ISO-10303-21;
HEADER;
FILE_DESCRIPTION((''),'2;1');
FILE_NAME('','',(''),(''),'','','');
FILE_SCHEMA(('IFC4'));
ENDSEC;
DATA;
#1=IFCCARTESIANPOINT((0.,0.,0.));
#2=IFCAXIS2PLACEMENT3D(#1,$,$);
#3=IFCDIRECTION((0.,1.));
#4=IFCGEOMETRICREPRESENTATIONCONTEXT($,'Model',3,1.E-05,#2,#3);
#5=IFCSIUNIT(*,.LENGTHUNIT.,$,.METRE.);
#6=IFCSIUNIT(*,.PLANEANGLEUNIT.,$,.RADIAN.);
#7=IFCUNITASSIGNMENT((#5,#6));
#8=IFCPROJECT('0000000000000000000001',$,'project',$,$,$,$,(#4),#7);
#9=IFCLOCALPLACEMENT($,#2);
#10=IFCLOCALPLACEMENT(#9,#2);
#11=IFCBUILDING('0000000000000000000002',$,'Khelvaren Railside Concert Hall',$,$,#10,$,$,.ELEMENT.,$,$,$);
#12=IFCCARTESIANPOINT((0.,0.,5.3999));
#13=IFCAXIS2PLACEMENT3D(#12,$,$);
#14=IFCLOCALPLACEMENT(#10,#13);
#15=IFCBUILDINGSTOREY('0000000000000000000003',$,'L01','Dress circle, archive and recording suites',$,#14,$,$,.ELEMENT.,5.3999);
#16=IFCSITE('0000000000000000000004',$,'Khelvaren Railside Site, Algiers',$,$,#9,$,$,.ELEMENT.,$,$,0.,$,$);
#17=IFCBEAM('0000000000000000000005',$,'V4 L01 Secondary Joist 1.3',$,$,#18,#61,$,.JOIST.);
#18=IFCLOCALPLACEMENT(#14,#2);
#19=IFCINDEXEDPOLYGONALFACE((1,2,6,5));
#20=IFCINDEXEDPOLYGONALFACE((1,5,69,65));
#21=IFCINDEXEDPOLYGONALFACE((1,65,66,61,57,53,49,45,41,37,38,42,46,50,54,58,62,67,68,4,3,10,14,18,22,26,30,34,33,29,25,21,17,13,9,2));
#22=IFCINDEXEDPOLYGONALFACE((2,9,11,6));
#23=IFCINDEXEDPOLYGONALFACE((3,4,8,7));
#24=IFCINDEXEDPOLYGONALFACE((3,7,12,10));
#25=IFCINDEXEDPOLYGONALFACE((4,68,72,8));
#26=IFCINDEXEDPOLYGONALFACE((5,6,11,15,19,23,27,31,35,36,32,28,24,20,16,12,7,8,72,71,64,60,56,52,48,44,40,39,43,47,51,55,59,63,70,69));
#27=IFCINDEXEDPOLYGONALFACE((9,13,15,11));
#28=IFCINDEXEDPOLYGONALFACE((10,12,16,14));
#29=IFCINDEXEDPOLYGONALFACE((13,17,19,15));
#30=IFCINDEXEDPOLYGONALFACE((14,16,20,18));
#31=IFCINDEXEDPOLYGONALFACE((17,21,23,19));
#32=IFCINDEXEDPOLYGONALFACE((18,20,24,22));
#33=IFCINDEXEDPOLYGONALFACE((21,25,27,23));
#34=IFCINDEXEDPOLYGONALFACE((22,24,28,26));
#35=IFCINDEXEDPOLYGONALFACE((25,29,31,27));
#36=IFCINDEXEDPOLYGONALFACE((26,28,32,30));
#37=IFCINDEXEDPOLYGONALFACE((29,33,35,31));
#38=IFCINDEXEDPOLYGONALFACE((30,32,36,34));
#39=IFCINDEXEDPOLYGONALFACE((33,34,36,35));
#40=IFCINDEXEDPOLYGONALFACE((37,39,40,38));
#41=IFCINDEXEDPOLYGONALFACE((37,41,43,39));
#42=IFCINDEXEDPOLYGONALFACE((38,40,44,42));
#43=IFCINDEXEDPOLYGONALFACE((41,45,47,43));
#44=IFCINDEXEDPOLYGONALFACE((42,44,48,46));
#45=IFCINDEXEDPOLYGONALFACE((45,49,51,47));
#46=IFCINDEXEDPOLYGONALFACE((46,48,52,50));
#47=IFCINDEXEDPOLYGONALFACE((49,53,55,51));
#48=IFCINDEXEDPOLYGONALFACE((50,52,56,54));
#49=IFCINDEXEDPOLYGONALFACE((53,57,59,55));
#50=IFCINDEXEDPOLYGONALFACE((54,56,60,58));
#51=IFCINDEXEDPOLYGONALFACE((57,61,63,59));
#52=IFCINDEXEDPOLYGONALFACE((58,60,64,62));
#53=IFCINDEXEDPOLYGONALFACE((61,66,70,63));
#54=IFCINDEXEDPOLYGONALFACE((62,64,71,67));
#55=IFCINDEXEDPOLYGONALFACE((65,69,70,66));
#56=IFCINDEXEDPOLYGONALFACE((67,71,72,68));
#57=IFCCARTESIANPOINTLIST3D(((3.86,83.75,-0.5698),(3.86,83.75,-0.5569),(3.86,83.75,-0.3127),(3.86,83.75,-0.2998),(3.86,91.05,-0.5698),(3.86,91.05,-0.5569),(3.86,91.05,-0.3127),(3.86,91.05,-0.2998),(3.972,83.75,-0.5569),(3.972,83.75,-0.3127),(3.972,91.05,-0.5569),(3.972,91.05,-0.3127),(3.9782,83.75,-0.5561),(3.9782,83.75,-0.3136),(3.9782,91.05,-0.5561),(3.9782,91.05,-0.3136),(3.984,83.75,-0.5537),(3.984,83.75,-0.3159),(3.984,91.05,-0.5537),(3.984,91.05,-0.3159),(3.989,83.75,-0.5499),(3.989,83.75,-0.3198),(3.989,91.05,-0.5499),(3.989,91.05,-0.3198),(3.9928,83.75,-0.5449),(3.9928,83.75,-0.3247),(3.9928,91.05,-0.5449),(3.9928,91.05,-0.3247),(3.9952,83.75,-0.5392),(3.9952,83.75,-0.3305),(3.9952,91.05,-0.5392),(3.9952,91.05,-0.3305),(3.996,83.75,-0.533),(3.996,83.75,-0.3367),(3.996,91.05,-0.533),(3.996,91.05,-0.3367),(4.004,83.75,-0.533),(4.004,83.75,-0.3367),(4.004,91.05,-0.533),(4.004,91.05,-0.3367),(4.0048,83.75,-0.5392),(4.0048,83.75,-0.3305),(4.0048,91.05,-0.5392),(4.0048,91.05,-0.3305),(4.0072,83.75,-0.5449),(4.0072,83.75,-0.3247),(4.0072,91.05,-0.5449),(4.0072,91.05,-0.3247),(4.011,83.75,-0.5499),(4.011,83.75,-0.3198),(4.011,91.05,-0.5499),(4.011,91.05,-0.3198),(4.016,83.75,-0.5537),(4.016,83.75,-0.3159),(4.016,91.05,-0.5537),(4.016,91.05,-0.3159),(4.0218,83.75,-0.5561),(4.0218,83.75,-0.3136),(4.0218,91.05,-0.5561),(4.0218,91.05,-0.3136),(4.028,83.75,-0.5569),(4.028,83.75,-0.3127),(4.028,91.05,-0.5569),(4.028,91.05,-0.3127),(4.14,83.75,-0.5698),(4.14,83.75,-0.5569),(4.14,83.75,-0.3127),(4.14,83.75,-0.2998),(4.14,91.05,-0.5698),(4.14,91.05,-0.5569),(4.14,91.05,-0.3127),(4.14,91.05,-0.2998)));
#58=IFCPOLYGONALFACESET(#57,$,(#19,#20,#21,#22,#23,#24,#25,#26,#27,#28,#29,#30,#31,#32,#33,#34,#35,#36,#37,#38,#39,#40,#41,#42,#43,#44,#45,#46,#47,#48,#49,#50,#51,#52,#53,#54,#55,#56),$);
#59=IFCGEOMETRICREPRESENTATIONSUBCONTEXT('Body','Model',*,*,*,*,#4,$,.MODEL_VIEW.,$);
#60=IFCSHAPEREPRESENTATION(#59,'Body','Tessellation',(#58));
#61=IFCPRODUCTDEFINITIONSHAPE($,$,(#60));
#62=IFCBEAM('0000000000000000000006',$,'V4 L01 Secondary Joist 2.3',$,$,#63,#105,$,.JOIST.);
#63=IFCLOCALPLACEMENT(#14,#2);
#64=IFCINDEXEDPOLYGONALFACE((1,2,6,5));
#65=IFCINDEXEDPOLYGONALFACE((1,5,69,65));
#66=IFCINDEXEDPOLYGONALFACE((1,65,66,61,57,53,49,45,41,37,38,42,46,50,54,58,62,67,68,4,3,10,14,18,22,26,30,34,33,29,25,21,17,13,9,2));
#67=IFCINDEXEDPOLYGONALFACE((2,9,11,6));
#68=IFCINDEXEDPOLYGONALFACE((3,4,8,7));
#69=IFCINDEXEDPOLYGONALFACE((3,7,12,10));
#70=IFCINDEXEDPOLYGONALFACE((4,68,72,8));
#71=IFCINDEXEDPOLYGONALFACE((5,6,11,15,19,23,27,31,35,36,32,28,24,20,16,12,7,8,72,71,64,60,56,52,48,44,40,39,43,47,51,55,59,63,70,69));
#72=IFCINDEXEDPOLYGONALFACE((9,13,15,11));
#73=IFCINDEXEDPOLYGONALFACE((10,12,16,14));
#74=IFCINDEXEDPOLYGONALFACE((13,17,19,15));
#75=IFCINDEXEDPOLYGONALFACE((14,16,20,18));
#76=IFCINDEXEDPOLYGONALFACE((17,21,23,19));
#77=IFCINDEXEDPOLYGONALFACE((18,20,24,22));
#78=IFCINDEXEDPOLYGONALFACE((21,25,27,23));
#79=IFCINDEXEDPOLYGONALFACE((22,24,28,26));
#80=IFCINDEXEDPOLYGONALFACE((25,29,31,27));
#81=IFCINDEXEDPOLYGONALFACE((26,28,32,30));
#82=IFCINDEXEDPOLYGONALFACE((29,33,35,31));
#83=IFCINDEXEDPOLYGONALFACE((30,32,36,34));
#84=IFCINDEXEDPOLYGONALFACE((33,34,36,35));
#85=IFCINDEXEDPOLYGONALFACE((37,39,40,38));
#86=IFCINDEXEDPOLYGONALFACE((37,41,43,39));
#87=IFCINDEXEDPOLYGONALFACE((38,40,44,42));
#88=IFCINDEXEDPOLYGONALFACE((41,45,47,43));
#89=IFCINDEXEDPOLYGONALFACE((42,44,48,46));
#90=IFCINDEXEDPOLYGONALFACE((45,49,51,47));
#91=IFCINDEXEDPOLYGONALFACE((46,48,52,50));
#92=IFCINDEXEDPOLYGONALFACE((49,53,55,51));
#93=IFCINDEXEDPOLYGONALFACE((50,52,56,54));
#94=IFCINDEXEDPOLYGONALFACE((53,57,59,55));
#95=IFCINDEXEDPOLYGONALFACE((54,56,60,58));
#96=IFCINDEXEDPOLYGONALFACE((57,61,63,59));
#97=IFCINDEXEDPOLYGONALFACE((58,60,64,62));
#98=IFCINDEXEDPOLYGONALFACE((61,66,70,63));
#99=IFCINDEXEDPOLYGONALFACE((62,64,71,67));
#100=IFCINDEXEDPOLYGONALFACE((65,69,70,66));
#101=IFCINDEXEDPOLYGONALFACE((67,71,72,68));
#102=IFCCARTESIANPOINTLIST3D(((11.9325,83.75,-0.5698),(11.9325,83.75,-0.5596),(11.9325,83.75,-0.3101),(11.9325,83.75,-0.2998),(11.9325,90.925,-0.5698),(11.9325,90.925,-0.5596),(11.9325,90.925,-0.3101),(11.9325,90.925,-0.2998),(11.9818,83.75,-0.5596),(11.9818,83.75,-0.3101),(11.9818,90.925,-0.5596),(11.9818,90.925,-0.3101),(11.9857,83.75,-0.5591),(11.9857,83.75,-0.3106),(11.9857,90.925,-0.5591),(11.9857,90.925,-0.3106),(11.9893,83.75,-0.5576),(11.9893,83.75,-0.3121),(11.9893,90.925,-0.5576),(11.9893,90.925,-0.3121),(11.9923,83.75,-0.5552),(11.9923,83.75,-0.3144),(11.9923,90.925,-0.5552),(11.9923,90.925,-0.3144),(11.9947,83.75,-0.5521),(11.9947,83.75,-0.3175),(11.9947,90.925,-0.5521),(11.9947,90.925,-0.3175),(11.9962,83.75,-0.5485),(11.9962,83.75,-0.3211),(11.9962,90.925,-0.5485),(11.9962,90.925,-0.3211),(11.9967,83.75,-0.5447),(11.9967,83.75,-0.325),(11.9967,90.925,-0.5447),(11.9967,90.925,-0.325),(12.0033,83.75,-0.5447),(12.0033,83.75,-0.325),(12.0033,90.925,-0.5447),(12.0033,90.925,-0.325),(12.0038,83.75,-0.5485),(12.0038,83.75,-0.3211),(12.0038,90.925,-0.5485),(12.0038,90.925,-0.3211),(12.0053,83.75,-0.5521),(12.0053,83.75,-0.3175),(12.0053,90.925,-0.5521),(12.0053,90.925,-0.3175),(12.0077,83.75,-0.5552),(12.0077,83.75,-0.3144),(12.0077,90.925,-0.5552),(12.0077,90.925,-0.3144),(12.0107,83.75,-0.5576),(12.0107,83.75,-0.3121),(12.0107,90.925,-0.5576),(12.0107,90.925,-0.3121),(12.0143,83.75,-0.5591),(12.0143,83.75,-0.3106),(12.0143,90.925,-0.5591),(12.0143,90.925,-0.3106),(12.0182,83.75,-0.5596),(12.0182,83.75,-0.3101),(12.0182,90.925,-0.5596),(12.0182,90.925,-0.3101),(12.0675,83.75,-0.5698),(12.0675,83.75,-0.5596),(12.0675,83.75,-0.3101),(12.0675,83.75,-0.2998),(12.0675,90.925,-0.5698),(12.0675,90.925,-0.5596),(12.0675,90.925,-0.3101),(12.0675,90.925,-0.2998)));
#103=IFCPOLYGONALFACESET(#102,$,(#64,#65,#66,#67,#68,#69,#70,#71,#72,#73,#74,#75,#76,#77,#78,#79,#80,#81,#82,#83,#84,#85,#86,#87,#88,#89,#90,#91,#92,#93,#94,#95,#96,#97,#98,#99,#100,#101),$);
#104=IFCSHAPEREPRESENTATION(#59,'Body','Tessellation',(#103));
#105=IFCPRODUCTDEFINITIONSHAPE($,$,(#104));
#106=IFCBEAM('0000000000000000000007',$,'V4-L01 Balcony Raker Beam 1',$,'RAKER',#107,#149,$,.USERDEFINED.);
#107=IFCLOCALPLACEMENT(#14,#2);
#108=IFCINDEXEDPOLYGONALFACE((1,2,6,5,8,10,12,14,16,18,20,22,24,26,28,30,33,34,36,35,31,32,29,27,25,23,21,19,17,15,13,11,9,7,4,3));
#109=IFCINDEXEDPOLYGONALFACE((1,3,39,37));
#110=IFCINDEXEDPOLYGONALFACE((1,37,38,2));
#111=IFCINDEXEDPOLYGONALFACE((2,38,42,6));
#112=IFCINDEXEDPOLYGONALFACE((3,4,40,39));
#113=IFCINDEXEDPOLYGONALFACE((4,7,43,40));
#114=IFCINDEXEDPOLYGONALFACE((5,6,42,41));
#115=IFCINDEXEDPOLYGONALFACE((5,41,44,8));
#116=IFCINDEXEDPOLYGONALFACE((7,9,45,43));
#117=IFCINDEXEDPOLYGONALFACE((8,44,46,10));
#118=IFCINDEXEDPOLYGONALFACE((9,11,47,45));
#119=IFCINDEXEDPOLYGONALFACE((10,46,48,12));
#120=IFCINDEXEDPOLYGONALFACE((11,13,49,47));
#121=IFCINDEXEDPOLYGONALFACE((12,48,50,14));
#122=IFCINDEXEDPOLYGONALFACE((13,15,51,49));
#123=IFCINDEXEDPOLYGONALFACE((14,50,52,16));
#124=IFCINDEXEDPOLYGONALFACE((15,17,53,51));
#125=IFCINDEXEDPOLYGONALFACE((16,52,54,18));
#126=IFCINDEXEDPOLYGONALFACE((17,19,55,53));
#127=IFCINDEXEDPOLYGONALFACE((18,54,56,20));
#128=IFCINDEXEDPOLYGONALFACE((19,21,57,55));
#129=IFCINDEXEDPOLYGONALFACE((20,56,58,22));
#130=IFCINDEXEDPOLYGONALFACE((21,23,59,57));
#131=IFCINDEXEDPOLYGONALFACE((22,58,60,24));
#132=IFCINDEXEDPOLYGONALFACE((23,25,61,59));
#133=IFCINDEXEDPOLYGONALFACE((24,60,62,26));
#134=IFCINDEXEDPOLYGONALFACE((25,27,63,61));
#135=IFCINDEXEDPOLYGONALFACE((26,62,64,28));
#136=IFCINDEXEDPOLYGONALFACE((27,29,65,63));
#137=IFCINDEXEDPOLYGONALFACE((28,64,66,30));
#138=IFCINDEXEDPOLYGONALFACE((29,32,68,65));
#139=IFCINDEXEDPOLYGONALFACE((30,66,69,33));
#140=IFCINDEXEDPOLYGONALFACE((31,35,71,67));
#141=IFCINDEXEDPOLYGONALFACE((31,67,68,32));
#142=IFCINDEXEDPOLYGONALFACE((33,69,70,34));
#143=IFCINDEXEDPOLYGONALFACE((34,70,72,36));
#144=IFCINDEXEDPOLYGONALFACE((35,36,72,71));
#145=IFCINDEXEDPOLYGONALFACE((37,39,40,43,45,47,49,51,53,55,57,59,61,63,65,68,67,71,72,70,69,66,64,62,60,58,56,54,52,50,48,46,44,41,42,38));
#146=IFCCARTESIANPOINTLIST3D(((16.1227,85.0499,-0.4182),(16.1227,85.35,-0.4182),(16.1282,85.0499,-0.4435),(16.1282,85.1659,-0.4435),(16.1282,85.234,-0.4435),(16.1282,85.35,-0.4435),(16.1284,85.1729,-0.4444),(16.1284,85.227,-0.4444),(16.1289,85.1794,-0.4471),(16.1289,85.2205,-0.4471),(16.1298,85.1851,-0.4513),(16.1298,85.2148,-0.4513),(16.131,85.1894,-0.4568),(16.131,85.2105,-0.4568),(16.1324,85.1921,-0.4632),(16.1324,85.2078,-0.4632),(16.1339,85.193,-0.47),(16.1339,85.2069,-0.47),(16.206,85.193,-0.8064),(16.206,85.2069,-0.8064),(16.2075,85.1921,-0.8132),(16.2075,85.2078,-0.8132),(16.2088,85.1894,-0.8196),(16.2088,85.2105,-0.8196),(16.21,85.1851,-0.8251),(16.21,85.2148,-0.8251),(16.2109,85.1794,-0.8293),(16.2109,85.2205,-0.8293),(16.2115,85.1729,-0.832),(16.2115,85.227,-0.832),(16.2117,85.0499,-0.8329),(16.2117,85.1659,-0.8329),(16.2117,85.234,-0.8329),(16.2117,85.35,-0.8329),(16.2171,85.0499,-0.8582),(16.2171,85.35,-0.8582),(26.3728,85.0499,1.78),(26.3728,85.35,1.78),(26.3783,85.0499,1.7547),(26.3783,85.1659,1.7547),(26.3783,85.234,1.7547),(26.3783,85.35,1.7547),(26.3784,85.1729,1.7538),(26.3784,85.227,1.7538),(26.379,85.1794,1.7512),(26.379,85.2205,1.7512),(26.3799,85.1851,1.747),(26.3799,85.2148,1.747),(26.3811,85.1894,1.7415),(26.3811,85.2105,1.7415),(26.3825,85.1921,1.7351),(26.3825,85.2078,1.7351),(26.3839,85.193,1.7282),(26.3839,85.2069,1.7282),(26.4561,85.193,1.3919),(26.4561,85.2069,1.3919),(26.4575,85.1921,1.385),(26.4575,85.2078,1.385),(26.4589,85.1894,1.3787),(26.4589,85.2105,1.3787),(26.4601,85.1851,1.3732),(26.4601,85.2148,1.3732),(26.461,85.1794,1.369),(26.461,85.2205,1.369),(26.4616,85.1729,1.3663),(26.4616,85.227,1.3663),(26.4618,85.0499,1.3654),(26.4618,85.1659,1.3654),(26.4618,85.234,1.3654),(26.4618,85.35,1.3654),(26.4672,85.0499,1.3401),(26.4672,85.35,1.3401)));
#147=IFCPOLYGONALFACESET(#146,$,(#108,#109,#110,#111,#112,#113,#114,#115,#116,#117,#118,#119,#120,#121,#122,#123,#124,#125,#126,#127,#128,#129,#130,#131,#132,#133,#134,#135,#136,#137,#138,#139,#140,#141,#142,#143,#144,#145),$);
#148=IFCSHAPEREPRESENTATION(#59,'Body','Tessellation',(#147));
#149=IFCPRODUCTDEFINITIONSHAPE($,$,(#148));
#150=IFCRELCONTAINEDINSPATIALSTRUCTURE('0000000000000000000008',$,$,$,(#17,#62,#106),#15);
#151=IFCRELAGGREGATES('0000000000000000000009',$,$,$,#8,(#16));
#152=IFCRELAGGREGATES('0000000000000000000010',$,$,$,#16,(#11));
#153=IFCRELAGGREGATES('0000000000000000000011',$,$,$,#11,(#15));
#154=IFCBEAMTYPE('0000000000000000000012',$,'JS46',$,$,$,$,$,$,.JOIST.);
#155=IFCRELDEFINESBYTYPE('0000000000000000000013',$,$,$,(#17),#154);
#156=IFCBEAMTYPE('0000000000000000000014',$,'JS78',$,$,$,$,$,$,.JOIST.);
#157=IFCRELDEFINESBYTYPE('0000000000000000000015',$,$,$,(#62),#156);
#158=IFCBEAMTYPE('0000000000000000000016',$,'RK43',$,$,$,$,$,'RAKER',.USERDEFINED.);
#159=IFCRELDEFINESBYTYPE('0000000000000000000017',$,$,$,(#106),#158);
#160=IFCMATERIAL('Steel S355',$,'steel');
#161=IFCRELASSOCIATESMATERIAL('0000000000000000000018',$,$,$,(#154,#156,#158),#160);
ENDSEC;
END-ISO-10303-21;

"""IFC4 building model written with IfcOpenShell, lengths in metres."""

from ifc_helpers import new_model, si_unit, direction, frame, origin, origin_2d, place, context, subcontext, project, spatial, i_section, extrude, material, material_profile, profile_set, type_object, element, save


model = new_model("IFC4")

# Units and contexts
model_context = context("Model", 3, precision=1e-05, world=origin(), true_north=direction((0.0, 1.0)))
body_context = subcontext(model_context, "Body", "Model", "MODEL_VIEW")
ifc_project = project(units=[si_unit("LENGTHUNIT", "METRE"), si_unit("PLANEANGLEUNIT", "RADIAN")], contexts=[model_context])

# Site, building, storey
site_placement = place(None, origin())
site = spatial("IfcSite", under=ifc_project, at=site_placement, Name="Khelvaren Railside Site, Algiers", CompositionType="ELEMENT", RefElevation=0.0)
building_placement = place(site_placement, origin())
building = spatial("IfcBuilding", under=site, at=building_placement, Name="Khelvaren Railside Concert Hall", CompositionType="ELEMENT")
storey_placement = place(building_placement, frame((0.0, 0.0, 5.3999)))
storey = spatial("IfcBuildingStorey", under=building, at=storey_placement, Name="L01", Description="Dress circle, archive and recording suites", CompositionType="ELEMENT", Elevation=5.3999)

# Beams
ifc_material_1 = material(Name="Steel S355", Category="steel")
ifc_material_profile_1 = material_profile(ifc_material_1, i_section(OverallWidth=0.28, OverallDepth=0.27, WebThickness=0.0081, FlangeThickness=0.0129, FilletRadius=0.0239, at=origin_2d()), Name="HEA 280")
ifc_profile_set_1 = profile_set([ifc_material_profile_1], Name="Steel S355")
beam_type_1 = type_object("IfcBeamType", Name="JS46", PredefinedType="JOIST", material=ifc_profile_set_1)
beam_1_placement = place(storey_placement, frame((4.0, 83.75, -0.4348), z_axis=(0.0, 1.0, 0.0), x_axis=(-1.0, 0.0, 0.0)))
element("IfcBeam", 1, at=beam_1_placement, inside=storey, type_object=beam_type_1, Name="V4 L01 Secondary Joist 1.3", PredefinedType="JOIST", context=body_context, shape_type="SweptSolid", body=[
    extrude(i_section(OverallWidth=0.28, OverallDepth=0.27, WebThickness=0.0081, FlangeThickness=0.0129, FilletRadius=0.0239, at=origin_2d()), origin(), (0.0, 0.0, 1.0), 7.3),
])
ifc_material_profile_2 = material_profile(ifc_material_1, i_section(OverallWidth=0.135, OverallDepth=0.27, WebThickness=0.0066, FlangeThickness=0.0103, FilletRadius=0.0149, at=origin_2d()), Name="IPE 270")
ifc_profile_set_2 = profile_set([ifc_material_profile_2], Name="Steel S355")
beam_type_2 = type_object("IfcBeamType", Name="JS78", PredefinedType="JOIST", material=ifc_profile_set_2)
beam_2_placement = place(storey_placement, frame((12.0, 83.75, -0.4348), z_axis=(0.0, 1.0, 0.0), x_axis=(-1.0, 0.0, 0.0)))
element("IfcBeam", 2, at=beam_2_placement, inside=storey, type_object=beam_type_2, Name="V4 L01 Secondary Joist 2.3", PredefinedType="JOIST", context=body_context, shape_type="SweptSolid", body=[
    extrude(i_section(OverallWidth=0.135, OverallDepth=0.27, WebThickness=0.0066, FlangeThickness=0.0103, FilletRadius=0.0149, at=origin_2d()), origin(), (0.0, 0.0, 1.0), 7.175),
])
ifc_material_profile_3 = material_profile(ifc_material_1, i_section(OverallWidth=0.3, OverallDepth=0.45, WebThickness=0.0139, FlangeThickness=0.0259, FilletRadius=0.0271, at=origin_2d()), Name="HEB 450")
ifc_profile_set_3 = profile_set([ifc_material_profile_3], Name="Steel S355")
beam_type_3 = type_object("IfcBeamType", Name="RK43", ElementType="RAKER", PredefinedType="USERDEFINED", material=ifc_profile_set_3)
beam_3_placement = place(storey_placement, frame((16.1699, 85.2, -0.6382), z_axis=(0.977767, 0.0, 0.209694), x_axis=(0.0, 1.0, 0.0)))
element("IfcBeam", 3, at=beam_3_placement, inside=storey, type_object=beam_type_3, Name="V4-L01 Balcony Raker Beam 1", ObjectType="RAKER", PredefinedType="USERDEFINED", context=body_context, shape_type="SweptSolid", body=[
    extrude(i_section(OverallWidth=0.3, OverallDepth=0.45, WebThickness=0.0139, FlangeThickness=0.0259, FilletRadius=0.0271, at=origin_2d()), origin(), (0.0, 0.0, 1.0), 10.4832),
])

save(model, "model.ifc")
